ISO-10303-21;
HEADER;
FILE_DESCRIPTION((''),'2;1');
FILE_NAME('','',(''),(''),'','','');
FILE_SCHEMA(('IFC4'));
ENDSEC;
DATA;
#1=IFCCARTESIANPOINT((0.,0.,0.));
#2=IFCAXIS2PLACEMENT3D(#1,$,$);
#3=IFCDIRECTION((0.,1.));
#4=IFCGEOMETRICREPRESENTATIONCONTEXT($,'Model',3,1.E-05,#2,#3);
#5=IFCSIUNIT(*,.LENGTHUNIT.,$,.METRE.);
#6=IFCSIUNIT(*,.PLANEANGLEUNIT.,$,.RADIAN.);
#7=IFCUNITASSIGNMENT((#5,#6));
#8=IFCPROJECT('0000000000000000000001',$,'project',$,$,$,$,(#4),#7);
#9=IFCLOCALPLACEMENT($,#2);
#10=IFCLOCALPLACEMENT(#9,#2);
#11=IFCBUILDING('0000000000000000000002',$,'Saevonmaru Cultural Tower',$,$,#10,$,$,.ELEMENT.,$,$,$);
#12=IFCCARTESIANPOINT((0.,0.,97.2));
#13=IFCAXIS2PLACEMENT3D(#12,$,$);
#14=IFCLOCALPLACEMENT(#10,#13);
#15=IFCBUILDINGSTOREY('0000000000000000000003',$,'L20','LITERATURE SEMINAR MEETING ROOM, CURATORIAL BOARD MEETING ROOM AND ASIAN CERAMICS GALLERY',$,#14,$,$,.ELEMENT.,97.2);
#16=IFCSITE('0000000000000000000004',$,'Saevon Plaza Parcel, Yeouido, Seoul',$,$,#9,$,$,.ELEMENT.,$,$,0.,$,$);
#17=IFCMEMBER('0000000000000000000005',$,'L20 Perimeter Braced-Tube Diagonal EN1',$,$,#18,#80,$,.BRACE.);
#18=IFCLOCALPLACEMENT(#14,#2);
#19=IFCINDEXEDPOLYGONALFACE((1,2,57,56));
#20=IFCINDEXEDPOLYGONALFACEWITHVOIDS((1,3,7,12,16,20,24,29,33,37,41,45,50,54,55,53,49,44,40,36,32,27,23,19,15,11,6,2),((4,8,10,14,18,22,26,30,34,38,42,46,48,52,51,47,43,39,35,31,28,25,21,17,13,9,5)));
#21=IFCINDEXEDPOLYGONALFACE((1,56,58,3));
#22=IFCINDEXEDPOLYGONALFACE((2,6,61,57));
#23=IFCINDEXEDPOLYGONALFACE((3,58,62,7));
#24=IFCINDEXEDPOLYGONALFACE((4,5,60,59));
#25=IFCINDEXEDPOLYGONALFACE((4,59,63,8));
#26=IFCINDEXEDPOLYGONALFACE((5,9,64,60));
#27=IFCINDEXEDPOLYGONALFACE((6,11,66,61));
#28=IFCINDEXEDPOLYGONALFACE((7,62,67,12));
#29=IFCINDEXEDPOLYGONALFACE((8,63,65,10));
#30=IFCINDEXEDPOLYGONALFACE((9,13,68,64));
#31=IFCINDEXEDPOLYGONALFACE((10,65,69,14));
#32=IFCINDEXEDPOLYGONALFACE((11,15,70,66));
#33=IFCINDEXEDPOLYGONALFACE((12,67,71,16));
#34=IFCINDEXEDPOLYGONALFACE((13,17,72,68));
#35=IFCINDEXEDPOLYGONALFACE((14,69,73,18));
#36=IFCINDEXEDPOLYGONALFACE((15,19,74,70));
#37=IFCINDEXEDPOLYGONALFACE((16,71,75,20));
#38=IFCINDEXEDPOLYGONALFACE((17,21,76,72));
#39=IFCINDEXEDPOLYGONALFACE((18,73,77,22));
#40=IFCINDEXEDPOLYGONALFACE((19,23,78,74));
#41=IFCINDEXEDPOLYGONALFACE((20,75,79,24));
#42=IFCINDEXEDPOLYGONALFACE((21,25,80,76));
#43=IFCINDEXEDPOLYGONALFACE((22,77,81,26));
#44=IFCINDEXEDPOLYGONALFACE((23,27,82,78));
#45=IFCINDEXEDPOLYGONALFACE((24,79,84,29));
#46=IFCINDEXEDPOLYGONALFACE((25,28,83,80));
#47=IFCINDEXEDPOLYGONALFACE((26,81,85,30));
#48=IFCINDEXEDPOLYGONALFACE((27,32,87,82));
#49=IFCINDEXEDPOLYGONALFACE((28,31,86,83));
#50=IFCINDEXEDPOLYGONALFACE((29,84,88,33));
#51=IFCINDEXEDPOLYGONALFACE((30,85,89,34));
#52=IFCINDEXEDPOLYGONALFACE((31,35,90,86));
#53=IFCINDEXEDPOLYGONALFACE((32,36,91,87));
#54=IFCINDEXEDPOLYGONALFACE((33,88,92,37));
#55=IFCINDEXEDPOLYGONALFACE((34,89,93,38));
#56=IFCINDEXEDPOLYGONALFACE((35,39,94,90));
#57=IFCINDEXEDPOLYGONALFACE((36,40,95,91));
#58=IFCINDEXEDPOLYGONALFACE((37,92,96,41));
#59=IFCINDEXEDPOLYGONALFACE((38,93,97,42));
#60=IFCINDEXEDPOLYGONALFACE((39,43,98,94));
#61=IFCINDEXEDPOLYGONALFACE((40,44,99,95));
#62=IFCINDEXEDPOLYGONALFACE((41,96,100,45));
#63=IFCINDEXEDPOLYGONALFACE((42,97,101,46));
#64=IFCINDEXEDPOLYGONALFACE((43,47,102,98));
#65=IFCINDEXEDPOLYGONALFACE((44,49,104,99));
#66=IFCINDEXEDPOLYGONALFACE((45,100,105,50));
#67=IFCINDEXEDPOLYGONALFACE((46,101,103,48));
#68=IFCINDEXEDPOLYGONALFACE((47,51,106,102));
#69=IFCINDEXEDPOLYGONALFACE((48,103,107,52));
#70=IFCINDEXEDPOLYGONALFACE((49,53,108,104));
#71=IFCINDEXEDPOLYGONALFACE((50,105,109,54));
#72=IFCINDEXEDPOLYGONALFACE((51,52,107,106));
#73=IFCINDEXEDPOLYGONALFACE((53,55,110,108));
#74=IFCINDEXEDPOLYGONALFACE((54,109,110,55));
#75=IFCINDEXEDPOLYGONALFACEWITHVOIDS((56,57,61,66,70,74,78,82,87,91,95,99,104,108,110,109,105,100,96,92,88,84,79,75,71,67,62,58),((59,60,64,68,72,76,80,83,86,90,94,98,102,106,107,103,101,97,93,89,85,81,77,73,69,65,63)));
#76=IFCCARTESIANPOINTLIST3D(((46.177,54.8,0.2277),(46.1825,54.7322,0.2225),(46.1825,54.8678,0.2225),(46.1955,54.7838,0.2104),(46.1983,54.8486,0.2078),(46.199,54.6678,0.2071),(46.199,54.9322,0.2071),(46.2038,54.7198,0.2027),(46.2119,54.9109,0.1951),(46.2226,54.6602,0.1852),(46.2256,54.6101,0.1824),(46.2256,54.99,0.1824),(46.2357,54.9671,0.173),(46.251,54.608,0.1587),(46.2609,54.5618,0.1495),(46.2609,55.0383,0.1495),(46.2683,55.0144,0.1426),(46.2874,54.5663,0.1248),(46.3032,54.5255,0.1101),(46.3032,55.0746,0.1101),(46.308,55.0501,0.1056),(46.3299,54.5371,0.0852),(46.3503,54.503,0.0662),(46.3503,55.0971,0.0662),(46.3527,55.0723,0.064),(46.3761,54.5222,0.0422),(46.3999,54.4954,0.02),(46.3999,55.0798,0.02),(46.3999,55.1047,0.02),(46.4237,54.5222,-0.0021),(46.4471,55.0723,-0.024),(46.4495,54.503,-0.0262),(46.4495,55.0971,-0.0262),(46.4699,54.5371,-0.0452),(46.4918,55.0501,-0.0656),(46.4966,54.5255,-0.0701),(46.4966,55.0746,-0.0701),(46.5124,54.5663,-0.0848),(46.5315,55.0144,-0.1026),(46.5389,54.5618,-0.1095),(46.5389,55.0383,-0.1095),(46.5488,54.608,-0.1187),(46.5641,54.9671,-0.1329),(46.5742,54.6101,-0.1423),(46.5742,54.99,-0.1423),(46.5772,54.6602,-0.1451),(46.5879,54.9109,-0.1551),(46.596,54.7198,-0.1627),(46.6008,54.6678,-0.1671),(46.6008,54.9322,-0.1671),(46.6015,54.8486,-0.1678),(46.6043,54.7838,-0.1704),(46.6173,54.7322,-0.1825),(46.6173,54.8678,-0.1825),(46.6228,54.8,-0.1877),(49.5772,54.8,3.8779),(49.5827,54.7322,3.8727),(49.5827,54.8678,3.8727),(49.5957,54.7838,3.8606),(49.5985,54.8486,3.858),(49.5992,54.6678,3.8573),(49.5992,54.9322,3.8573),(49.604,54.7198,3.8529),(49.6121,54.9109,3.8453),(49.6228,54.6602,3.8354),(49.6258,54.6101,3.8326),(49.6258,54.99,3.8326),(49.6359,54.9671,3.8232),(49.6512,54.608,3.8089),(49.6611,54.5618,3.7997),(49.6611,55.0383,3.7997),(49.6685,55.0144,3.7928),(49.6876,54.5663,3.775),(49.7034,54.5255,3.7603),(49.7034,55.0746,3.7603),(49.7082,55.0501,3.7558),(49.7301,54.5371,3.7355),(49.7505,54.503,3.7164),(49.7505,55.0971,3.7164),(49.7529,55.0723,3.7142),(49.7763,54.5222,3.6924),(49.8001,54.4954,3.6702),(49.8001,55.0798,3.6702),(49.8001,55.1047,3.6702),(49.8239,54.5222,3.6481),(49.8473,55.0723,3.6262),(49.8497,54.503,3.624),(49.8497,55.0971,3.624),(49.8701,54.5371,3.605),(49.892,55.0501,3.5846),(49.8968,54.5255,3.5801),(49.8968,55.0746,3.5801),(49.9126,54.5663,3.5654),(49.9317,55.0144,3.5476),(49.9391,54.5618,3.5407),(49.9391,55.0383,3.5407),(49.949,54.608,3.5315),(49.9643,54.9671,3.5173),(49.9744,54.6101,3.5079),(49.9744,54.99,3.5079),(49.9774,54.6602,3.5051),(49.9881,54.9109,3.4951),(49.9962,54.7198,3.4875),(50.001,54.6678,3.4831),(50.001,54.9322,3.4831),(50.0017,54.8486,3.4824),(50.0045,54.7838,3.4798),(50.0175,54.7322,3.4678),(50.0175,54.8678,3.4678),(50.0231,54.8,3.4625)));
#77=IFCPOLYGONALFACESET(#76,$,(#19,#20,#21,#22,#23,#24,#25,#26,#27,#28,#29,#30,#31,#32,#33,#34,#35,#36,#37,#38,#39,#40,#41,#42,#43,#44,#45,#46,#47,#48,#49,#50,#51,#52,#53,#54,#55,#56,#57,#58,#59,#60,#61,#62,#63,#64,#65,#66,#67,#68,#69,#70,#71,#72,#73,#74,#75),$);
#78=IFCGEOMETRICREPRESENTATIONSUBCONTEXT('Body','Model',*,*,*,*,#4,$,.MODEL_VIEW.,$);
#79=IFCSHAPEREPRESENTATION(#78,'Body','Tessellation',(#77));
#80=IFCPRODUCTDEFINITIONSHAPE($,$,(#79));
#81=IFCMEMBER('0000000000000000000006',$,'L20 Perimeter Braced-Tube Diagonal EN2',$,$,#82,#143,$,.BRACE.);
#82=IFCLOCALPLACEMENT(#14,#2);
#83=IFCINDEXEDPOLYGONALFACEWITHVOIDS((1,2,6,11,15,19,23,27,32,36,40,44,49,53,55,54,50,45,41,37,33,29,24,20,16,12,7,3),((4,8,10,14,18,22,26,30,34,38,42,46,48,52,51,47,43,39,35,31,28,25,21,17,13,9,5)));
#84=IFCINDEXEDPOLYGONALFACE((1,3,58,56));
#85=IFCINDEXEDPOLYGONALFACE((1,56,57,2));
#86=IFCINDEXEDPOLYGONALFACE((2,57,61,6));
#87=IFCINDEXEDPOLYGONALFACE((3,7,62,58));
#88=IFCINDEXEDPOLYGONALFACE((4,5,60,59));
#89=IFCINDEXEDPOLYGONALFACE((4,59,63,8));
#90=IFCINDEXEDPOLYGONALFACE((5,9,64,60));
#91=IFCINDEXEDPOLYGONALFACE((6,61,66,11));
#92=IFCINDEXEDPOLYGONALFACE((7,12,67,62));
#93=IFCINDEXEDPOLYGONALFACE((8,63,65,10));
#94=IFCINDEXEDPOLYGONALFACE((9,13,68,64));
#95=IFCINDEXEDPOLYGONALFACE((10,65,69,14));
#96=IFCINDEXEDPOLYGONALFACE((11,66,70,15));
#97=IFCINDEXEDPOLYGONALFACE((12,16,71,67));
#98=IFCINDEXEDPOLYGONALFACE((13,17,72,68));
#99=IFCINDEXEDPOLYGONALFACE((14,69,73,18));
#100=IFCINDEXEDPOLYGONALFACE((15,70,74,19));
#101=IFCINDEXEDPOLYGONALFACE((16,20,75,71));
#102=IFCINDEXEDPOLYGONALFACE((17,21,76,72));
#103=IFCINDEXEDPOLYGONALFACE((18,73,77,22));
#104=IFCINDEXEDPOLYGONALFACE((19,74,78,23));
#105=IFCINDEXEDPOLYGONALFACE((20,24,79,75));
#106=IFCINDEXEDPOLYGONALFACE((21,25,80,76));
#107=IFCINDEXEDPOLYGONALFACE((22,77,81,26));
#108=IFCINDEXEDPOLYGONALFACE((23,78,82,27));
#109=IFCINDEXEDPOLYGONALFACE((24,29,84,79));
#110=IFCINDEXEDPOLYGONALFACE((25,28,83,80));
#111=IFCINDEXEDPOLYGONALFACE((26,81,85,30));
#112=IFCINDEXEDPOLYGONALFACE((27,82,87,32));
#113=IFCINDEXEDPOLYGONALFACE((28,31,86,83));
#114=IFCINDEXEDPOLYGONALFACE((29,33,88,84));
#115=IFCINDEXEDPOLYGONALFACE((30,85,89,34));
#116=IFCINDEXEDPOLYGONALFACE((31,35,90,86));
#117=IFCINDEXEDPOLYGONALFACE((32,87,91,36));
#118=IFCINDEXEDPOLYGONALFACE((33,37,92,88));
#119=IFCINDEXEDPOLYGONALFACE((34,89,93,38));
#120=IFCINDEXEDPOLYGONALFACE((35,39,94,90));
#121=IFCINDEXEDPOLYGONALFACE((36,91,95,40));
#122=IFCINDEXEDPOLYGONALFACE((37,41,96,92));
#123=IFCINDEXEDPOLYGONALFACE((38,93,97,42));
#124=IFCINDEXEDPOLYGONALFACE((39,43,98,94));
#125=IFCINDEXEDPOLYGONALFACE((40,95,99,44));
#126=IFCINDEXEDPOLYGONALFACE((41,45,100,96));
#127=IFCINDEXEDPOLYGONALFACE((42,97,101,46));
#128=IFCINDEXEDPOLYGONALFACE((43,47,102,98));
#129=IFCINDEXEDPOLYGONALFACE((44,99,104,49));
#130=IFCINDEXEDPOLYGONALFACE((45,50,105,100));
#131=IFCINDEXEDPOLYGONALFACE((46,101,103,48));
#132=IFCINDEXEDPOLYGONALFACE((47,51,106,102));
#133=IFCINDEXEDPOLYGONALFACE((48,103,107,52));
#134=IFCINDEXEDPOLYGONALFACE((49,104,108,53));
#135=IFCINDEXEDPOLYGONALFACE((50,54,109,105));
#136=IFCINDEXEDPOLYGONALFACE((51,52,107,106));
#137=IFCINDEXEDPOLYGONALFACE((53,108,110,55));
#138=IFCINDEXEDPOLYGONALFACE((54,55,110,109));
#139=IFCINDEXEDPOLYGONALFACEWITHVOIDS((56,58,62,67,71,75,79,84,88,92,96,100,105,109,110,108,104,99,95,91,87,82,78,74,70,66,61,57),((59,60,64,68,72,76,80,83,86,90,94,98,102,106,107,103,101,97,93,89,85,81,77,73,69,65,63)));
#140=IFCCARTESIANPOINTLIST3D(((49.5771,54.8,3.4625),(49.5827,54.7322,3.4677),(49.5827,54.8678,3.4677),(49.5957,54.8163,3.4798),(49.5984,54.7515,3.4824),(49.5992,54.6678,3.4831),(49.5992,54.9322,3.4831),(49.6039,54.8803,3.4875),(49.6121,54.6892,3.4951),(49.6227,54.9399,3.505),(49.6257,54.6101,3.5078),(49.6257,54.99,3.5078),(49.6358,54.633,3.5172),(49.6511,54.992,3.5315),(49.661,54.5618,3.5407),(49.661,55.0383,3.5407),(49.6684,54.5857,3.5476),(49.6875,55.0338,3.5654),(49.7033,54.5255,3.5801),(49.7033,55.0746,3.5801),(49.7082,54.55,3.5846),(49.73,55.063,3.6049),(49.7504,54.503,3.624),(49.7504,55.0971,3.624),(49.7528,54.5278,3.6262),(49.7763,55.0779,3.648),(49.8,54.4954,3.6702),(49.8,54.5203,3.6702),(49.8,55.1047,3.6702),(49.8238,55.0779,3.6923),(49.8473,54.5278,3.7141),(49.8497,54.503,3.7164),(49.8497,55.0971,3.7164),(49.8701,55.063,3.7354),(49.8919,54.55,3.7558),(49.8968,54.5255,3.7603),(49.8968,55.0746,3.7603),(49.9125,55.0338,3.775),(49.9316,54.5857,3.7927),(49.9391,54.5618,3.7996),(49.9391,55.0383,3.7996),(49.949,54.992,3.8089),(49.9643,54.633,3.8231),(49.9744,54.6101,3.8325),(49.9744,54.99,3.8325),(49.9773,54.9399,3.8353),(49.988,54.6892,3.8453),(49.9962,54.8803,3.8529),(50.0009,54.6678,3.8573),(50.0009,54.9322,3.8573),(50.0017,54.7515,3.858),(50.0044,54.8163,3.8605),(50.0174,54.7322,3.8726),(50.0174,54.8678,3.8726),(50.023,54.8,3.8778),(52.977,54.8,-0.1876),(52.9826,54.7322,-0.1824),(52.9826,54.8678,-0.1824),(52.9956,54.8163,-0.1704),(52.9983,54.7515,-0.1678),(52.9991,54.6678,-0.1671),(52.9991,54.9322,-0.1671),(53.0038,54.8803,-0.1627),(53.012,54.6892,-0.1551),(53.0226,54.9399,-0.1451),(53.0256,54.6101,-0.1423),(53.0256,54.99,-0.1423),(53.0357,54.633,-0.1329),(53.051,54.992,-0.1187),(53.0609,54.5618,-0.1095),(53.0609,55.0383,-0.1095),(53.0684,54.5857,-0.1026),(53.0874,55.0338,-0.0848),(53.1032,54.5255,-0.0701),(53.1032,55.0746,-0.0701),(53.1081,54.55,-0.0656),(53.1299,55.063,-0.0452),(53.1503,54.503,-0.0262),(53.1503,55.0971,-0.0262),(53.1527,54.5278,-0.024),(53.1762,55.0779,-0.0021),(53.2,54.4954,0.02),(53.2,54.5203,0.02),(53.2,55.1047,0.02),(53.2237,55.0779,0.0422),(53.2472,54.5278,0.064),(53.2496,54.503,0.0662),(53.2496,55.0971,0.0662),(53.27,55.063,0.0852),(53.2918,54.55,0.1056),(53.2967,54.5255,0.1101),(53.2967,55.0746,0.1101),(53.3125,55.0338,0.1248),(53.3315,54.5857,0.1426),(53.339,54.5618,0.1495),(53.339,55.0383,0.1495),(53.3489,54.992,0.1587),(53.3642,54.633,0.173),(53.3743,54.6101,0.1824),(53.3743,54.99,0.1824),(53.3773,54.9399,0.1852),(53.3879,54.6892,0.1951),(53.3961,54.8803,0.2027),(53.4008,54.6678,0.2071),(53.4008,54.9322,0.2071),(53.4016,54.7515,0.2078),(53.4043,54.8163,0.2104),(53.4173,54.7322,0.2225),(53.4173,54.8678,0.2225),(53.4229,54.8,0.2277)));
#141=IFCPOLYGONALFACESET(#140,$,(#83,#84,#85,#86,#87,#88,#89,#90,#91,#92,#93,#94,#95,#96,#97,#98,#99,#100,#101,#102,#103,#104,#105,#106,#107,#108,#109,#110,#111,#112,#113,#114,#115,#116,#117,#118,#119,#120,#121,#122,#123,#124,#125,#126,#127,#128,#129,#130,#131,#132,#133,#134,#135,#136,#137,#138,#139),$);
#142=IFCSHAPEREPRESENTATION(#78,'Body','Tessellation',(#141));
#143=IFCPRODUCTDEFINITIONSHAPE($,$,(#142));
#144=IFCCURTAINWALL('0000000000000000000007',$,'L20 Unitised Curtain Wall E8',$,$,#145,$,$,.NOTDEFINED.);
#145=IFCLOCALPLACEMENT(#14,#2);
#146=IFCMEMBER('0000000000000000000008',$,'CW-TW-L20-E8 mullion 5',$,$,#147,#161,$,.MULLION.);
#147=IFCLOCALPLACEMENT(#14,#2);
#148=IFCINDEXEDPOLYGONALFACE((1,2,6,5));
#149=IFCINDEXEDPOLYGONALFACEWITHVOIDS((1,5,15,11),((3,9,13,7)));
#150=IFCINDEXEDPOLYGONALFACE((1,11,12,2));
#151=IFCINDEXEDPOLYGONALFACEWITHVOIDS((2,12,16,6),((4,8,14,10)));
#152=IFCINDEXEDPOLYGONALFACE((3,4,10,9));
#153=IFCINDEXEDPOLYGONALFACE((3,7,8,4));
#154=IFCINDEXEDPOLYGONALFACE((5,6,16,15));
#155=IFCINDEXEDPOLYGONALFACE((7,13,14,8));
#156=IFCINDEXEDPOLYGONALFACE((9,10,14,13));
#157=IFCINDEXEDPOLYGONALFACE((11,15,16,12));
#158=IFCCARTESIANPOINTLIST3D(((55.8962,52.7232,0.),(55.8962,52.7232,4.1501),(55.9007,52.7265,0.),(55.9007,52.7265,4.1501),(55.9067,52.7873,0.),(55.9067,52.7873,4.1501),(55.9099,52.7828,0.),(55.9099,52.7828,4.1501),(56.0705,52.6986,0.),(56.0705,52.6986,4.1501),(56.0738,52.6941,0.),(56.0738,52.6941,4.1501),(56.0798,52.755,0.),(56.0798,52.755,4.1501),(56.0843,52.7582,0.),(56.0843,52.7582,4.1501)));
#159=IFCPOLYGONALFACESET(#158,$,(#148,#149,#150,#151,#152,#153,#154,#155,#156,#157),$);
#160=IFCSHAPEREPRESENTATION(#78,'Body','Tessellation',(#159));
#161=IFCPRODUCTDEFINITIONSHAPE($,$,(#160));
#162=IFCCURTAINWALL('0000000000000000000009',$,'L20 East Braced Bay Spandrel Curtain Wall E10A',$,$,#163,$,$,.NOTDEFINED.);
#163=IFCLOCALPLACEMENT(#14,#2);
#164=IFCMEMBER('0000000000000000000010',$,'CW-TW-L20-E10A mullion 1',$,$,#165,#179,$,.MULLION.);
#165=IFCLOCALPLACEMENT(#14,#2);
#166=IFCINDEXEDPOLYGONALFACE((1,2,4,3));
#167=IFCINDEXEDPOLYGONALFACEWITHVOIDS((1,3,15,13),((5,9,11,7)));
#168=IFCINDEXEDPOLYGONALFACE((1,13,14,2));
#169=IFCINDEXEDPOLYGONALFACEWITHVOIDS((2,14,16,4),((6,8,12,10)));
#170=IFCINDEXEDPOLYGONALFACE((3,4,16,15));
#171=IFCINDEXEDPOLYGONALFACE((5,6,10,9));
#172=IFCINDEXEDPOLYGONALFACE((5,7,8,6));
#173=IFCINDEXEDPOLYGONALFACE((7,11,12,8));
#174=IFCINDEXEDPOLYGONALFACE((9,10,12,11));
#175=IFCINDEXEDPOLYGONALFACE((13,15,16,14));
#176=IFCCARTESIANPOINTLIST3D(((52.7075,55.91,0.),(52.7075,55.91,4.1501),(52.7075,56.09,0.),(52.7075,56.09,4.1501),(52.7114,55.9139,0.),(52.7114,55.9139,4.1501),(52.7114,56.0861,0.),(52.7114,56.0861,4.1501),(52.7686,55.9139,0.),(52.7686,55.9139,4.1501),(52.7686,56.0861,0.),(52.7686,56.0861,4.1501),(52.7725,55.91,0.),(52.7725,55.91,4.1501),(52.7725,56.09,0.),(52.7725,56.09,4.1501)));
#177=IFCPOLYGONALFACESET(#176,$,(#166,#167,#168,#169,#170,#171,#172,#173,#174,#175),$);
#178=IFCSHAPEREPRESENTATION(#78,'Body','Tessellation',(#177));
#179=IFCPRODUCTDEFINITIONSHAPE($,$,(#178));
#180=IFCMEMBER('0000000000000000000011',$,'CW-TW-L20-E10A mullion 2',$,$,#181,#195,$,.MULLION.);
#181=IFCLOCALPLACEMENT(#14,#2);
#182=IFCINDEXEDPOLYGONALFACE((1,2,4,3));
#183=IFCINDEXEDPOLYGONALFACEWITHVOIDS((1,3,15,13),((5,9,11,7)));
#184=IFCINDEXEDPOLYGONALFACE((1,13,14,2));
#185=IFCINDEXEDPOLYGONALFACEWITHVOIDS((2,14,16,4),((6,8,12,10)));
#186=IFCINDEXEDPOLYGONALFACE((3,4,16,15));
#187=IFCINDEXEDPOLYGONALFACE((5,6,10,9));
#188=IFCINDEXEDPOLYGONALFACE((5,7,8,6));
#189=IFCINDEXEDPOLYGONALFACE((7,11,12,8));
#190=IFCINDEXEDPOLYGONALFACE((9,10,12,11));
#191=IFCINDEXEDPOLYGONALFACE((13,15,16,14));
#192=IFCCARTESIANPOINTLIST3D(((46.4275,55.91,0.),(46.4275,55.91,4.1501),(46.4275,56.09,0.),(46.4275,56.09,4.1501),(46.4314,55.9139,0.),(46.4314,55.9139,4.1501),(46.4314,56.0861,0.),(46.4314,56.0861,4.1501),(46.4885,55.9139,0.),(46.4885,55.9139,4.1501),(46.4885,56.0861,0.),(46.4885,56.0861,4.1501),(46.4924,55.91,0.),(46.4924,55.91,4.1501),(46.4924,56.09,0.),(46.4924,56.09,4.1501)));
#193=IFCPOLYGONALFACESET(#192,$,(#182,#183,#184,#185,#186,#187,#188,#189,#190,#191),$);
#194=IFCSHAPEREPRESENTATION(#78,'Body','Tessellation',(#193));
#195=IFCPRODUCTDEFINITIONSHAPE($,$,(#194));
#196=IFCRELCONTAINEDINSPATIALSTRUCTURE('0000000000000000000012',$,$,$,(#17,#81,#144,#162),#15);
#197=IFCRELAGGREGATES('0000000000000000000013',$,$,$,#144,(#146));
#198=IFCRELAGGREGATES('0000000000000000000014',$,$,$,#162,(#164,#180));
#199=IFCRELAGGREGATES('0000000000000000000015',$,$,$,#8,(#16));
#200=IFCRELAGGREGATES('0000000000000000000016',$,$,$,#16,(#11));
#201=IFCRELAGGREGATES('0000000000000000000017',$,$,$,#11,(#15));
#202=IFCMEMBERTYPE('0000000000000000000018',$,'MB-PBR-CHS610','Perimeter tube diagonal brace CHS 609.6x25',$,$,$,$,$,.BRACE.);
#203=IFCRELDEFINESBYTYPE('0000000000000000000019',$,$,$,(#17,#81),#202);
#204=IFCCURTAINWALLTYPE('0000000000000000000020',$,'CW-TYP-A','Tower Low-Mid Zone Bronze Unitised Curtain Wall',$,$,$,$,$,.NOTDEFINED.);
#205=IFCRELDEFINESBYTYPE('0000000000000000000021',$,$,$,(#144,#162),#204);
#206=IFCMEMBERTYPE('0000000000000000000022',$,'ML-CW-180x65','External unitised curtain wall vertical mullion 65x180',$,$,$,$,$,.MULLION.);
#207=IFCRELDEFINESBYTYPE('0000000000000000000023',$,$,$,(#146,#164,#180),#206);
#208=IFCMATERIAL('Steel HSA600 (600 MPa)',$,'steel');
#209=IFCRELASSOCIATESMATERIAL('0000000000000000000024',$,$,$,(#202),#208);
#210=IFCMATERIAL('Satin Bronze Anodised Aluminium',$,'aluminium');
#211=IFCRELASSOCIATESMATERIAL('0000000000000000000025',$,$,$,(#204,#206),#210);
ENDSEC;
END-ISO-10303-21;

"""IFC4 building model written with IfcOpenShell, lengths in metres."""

from ifc_helpers import new_model, si_unit, direction, frame, origin, origin_2d, place, context, subcontext, project, spatial, hollow_rectangle, hollow_circle, extrude, material, material_profile, profile_set, type_object, element, aggregate, save


model = new_model("IFC4")

# Units and contexts
model_context = context("Model", 3, precision=1e-05, world=origin(), true_north=direction((0.0, 1.0)))
body_context = subcontext(model_context, "Body", "Model", "MODEL_VIEW")
ifc_project = project(units=[si_unit("LENGTHUNIT", "METRE"), si_unit("PLANEANGLEUNIT", "RADIAN")], contexts=[model_context])

# Site, building, storey
site_placement = place(None, origin())
site = spatial("IfcSite", under=ifc_project, at=site_placement, Name="Saevon Plaza Parcel, Yeouido, Seoul", CompositionType="ELEMENT", RefElevation=0.0)
building_placement = place(site_placement, origin())
building = spatial("IfcBuilding", under=site, at=building_placement, Name="Saevonmaru Cultural Tower", CompositionType="ELEMENT")
storey_placement = place(building_placement, frame((0.0, 0.0, 97.2)))
storey = spatial("IfcBuildingStorey", under=building, at=storey_placement, Name="L20", Description="LITERATURE SEMINAR MEETING ROOM, CURATORIAL BOARD MEETING ROOM AND ASIAN CERAMICS GALLERY", CompositionType="ELEMENT", Elevation=97.2)

# Shared definitions
ifc_material_1 = material(Name="Steel HSA600 (600 MPa)", Category="steel")

# Members
ifc_material_profile_1 = material_profile(ifc_material_1, hollow_circle(Radius=0.3047, WallThickness=0.0249, at=origin_2d()), Name="CHS-609.6x25")
ifc_profile_set_1 = profile_set([ifc_material_profile_1], Name="Steel HSA600 (600 MPa)")
member_type_1 = type_object("IfcMemberType", Name="MB-PBR-CHS610", Description="Perimeter tube diagonal brace CHS 609.6x25", PredefinedType="BRACE", material=ifc_profile_set_1)
member_1_placement = place(storey_placement, frame((46.3999, 54.8, 0.02), z_axis=(0.681605, 0.0, 0.731721), x_axis=(0.0, 1.0, 0.0)))
element("IfcMember", 1, at=member_1_placement, inside=storey, type_object=member_type_1, Name="L20 Perimeter Braced-Tube Diagonal EN1", PredefinedType="BRACE", context=body_context, shape_type="SweptSolid", body=[
    extrude(hollow_circle(Radius=0.3047, WallThickness=0.0249, at=origin_2d()), origin(), (0.0, 0.0, 1.0), 4.9885),
])
member_2_placement = place(storey_placement, frame((53.2, 54.8, 0.02), z_axis=(-0.681579, 0.0, 0.731745), x_axis=(0.0, -1.0, 0.0)))
element("IfcMember", 2, at=member_2_placement, inside=storey, type_object=member_type_1, Name="L20 Perimeter Braced-Tube Diagonal EN2", PredefinedType="BRACE", context=body_context, shape_type="SweptSolid", body=[
    extrude(hollow_circle(Radius=0.3047, WallThickness=0.0249, at=origin_2d()), origin(), (0.0, 0.0, 1.0), 4.9883),
])

# Curtain wall, member
ifc_material_2 = material(Name="Satin Bronze Anodised Aluminium", Category="aluminium")
curtain_wall_type = type_object("IfcCurtainWallType", Name="CW-TYP-A", Description="Tower Low-Mid Zone Bronze Unitised Curtain Wall", PredefinedType="NOTDEFINED", material=ifc_material_2)
curtain_wall_1_placement = place(storey_placement, origin())
curtain_wall_1 = element("IfcCurtainWall", 3, at=curtain_wall_1_placement, inside=storey, type_object=curtain_wall_type, Name="L20 Unitised Curtain Wall E8", PredefinedType="NOTDEFINED")
ifc_material_profile_2 = material_profile(ifc_material_2, hollow_rectangle(XDim=0.0649, YDim=0.1799, WallThickness=0.0039, at=origin_2d()), Name="ALU-MULL-180x65x4")
ifc_profile_set_2 = profile_set([ifc_material_profile_2], Name="Satin Bronze Anodised Aluminium")
member_type_2 = type_object("IfcMemberType", Name="ML-CW-180x65", Description="External unitised curtain wall vertical mullion 65x180", PredefinedType="MULLION", material=ifc_profile_set_2)
member_3_placement = place(storey_placement, frame((55.9902, 52.7407, 0.0), z_axis=(0.0, 0.0, 1.0), x_axis=(0.161709, 0.986839, 0.0)))
member_3 = element("IfcMember", 4, at=member_3_placement, type_object=member_type_2, Name="CW-TW-L20-E8 mullion 5", PredefinedType="MULLION", context=body_context, shape_type="SweptSolid", body=[
    extrude(hollow_rectangle(XDim=0.0649, YDim=0.1799, WallThickness=0.0039, at=origin_2d()), origin(), (0.0, 0.0, 1.0), 4.1501),
])
aggregate(curtain_wall_1, [member_3])

# Curtain wall, members
curtain_wall_2_placement = place(storey_placement, origin())
curtain_wall_2 = element("IfcCurtainWall", 5, at=curtain_wall_2_placement, inside=storey, type_object=curtain_wall_type, Name="L20 East Braced Bay Spandrel Curtain Wall E10A", PredefinedType="NOTDEFINED")
member_4_placement = place(storey_placement, frame((52.74, 56.0, 0.0), z_axis=(0.0, 0.0, 1.0), x_axis=(-1.0, 0.0, 0.0)))
member_4 = element("IfcMember", 6, at=member_4_placement, type_object=member_type_2, Name="CW-TW-L20-E10A mullion 1", PredefinedType="MULLION", context=body_context, shape_type="SweptSolid", body=[
    extrude(hollow_rectangle(XDim=0.0649, YDim=0.1799, WallThickness=0.0039, at=origin_2d()), origin(), (0.0, 0.0, 1.0), 4.1501),
])
member_5_placement = place(storey_placement, frame((46.46, 56.0, 0.0), z_axis=(0.0, 0.0, 1.0), x_axis=(-1.0, 0.0, 0.0)))
member_5 = element("IfcMember", 7, at=member_5_placement, type_object=member_type_2, Name="CW-TW-L20-E10A mullion 2", PredefinedType="MULLION", context=body_context, shape_type="SweptSolid", body=[
    extrude(hollow_rectangle(XDim=0.0649, YDim=0.1799, WallThickness=0.0039, at=origin_2d()), origin(), (0.0, 0.0, 1.0), 4.1501),
])

aggregate(curtain_wall_2, [member_4, member_5])

save(model, "model.ifc")
